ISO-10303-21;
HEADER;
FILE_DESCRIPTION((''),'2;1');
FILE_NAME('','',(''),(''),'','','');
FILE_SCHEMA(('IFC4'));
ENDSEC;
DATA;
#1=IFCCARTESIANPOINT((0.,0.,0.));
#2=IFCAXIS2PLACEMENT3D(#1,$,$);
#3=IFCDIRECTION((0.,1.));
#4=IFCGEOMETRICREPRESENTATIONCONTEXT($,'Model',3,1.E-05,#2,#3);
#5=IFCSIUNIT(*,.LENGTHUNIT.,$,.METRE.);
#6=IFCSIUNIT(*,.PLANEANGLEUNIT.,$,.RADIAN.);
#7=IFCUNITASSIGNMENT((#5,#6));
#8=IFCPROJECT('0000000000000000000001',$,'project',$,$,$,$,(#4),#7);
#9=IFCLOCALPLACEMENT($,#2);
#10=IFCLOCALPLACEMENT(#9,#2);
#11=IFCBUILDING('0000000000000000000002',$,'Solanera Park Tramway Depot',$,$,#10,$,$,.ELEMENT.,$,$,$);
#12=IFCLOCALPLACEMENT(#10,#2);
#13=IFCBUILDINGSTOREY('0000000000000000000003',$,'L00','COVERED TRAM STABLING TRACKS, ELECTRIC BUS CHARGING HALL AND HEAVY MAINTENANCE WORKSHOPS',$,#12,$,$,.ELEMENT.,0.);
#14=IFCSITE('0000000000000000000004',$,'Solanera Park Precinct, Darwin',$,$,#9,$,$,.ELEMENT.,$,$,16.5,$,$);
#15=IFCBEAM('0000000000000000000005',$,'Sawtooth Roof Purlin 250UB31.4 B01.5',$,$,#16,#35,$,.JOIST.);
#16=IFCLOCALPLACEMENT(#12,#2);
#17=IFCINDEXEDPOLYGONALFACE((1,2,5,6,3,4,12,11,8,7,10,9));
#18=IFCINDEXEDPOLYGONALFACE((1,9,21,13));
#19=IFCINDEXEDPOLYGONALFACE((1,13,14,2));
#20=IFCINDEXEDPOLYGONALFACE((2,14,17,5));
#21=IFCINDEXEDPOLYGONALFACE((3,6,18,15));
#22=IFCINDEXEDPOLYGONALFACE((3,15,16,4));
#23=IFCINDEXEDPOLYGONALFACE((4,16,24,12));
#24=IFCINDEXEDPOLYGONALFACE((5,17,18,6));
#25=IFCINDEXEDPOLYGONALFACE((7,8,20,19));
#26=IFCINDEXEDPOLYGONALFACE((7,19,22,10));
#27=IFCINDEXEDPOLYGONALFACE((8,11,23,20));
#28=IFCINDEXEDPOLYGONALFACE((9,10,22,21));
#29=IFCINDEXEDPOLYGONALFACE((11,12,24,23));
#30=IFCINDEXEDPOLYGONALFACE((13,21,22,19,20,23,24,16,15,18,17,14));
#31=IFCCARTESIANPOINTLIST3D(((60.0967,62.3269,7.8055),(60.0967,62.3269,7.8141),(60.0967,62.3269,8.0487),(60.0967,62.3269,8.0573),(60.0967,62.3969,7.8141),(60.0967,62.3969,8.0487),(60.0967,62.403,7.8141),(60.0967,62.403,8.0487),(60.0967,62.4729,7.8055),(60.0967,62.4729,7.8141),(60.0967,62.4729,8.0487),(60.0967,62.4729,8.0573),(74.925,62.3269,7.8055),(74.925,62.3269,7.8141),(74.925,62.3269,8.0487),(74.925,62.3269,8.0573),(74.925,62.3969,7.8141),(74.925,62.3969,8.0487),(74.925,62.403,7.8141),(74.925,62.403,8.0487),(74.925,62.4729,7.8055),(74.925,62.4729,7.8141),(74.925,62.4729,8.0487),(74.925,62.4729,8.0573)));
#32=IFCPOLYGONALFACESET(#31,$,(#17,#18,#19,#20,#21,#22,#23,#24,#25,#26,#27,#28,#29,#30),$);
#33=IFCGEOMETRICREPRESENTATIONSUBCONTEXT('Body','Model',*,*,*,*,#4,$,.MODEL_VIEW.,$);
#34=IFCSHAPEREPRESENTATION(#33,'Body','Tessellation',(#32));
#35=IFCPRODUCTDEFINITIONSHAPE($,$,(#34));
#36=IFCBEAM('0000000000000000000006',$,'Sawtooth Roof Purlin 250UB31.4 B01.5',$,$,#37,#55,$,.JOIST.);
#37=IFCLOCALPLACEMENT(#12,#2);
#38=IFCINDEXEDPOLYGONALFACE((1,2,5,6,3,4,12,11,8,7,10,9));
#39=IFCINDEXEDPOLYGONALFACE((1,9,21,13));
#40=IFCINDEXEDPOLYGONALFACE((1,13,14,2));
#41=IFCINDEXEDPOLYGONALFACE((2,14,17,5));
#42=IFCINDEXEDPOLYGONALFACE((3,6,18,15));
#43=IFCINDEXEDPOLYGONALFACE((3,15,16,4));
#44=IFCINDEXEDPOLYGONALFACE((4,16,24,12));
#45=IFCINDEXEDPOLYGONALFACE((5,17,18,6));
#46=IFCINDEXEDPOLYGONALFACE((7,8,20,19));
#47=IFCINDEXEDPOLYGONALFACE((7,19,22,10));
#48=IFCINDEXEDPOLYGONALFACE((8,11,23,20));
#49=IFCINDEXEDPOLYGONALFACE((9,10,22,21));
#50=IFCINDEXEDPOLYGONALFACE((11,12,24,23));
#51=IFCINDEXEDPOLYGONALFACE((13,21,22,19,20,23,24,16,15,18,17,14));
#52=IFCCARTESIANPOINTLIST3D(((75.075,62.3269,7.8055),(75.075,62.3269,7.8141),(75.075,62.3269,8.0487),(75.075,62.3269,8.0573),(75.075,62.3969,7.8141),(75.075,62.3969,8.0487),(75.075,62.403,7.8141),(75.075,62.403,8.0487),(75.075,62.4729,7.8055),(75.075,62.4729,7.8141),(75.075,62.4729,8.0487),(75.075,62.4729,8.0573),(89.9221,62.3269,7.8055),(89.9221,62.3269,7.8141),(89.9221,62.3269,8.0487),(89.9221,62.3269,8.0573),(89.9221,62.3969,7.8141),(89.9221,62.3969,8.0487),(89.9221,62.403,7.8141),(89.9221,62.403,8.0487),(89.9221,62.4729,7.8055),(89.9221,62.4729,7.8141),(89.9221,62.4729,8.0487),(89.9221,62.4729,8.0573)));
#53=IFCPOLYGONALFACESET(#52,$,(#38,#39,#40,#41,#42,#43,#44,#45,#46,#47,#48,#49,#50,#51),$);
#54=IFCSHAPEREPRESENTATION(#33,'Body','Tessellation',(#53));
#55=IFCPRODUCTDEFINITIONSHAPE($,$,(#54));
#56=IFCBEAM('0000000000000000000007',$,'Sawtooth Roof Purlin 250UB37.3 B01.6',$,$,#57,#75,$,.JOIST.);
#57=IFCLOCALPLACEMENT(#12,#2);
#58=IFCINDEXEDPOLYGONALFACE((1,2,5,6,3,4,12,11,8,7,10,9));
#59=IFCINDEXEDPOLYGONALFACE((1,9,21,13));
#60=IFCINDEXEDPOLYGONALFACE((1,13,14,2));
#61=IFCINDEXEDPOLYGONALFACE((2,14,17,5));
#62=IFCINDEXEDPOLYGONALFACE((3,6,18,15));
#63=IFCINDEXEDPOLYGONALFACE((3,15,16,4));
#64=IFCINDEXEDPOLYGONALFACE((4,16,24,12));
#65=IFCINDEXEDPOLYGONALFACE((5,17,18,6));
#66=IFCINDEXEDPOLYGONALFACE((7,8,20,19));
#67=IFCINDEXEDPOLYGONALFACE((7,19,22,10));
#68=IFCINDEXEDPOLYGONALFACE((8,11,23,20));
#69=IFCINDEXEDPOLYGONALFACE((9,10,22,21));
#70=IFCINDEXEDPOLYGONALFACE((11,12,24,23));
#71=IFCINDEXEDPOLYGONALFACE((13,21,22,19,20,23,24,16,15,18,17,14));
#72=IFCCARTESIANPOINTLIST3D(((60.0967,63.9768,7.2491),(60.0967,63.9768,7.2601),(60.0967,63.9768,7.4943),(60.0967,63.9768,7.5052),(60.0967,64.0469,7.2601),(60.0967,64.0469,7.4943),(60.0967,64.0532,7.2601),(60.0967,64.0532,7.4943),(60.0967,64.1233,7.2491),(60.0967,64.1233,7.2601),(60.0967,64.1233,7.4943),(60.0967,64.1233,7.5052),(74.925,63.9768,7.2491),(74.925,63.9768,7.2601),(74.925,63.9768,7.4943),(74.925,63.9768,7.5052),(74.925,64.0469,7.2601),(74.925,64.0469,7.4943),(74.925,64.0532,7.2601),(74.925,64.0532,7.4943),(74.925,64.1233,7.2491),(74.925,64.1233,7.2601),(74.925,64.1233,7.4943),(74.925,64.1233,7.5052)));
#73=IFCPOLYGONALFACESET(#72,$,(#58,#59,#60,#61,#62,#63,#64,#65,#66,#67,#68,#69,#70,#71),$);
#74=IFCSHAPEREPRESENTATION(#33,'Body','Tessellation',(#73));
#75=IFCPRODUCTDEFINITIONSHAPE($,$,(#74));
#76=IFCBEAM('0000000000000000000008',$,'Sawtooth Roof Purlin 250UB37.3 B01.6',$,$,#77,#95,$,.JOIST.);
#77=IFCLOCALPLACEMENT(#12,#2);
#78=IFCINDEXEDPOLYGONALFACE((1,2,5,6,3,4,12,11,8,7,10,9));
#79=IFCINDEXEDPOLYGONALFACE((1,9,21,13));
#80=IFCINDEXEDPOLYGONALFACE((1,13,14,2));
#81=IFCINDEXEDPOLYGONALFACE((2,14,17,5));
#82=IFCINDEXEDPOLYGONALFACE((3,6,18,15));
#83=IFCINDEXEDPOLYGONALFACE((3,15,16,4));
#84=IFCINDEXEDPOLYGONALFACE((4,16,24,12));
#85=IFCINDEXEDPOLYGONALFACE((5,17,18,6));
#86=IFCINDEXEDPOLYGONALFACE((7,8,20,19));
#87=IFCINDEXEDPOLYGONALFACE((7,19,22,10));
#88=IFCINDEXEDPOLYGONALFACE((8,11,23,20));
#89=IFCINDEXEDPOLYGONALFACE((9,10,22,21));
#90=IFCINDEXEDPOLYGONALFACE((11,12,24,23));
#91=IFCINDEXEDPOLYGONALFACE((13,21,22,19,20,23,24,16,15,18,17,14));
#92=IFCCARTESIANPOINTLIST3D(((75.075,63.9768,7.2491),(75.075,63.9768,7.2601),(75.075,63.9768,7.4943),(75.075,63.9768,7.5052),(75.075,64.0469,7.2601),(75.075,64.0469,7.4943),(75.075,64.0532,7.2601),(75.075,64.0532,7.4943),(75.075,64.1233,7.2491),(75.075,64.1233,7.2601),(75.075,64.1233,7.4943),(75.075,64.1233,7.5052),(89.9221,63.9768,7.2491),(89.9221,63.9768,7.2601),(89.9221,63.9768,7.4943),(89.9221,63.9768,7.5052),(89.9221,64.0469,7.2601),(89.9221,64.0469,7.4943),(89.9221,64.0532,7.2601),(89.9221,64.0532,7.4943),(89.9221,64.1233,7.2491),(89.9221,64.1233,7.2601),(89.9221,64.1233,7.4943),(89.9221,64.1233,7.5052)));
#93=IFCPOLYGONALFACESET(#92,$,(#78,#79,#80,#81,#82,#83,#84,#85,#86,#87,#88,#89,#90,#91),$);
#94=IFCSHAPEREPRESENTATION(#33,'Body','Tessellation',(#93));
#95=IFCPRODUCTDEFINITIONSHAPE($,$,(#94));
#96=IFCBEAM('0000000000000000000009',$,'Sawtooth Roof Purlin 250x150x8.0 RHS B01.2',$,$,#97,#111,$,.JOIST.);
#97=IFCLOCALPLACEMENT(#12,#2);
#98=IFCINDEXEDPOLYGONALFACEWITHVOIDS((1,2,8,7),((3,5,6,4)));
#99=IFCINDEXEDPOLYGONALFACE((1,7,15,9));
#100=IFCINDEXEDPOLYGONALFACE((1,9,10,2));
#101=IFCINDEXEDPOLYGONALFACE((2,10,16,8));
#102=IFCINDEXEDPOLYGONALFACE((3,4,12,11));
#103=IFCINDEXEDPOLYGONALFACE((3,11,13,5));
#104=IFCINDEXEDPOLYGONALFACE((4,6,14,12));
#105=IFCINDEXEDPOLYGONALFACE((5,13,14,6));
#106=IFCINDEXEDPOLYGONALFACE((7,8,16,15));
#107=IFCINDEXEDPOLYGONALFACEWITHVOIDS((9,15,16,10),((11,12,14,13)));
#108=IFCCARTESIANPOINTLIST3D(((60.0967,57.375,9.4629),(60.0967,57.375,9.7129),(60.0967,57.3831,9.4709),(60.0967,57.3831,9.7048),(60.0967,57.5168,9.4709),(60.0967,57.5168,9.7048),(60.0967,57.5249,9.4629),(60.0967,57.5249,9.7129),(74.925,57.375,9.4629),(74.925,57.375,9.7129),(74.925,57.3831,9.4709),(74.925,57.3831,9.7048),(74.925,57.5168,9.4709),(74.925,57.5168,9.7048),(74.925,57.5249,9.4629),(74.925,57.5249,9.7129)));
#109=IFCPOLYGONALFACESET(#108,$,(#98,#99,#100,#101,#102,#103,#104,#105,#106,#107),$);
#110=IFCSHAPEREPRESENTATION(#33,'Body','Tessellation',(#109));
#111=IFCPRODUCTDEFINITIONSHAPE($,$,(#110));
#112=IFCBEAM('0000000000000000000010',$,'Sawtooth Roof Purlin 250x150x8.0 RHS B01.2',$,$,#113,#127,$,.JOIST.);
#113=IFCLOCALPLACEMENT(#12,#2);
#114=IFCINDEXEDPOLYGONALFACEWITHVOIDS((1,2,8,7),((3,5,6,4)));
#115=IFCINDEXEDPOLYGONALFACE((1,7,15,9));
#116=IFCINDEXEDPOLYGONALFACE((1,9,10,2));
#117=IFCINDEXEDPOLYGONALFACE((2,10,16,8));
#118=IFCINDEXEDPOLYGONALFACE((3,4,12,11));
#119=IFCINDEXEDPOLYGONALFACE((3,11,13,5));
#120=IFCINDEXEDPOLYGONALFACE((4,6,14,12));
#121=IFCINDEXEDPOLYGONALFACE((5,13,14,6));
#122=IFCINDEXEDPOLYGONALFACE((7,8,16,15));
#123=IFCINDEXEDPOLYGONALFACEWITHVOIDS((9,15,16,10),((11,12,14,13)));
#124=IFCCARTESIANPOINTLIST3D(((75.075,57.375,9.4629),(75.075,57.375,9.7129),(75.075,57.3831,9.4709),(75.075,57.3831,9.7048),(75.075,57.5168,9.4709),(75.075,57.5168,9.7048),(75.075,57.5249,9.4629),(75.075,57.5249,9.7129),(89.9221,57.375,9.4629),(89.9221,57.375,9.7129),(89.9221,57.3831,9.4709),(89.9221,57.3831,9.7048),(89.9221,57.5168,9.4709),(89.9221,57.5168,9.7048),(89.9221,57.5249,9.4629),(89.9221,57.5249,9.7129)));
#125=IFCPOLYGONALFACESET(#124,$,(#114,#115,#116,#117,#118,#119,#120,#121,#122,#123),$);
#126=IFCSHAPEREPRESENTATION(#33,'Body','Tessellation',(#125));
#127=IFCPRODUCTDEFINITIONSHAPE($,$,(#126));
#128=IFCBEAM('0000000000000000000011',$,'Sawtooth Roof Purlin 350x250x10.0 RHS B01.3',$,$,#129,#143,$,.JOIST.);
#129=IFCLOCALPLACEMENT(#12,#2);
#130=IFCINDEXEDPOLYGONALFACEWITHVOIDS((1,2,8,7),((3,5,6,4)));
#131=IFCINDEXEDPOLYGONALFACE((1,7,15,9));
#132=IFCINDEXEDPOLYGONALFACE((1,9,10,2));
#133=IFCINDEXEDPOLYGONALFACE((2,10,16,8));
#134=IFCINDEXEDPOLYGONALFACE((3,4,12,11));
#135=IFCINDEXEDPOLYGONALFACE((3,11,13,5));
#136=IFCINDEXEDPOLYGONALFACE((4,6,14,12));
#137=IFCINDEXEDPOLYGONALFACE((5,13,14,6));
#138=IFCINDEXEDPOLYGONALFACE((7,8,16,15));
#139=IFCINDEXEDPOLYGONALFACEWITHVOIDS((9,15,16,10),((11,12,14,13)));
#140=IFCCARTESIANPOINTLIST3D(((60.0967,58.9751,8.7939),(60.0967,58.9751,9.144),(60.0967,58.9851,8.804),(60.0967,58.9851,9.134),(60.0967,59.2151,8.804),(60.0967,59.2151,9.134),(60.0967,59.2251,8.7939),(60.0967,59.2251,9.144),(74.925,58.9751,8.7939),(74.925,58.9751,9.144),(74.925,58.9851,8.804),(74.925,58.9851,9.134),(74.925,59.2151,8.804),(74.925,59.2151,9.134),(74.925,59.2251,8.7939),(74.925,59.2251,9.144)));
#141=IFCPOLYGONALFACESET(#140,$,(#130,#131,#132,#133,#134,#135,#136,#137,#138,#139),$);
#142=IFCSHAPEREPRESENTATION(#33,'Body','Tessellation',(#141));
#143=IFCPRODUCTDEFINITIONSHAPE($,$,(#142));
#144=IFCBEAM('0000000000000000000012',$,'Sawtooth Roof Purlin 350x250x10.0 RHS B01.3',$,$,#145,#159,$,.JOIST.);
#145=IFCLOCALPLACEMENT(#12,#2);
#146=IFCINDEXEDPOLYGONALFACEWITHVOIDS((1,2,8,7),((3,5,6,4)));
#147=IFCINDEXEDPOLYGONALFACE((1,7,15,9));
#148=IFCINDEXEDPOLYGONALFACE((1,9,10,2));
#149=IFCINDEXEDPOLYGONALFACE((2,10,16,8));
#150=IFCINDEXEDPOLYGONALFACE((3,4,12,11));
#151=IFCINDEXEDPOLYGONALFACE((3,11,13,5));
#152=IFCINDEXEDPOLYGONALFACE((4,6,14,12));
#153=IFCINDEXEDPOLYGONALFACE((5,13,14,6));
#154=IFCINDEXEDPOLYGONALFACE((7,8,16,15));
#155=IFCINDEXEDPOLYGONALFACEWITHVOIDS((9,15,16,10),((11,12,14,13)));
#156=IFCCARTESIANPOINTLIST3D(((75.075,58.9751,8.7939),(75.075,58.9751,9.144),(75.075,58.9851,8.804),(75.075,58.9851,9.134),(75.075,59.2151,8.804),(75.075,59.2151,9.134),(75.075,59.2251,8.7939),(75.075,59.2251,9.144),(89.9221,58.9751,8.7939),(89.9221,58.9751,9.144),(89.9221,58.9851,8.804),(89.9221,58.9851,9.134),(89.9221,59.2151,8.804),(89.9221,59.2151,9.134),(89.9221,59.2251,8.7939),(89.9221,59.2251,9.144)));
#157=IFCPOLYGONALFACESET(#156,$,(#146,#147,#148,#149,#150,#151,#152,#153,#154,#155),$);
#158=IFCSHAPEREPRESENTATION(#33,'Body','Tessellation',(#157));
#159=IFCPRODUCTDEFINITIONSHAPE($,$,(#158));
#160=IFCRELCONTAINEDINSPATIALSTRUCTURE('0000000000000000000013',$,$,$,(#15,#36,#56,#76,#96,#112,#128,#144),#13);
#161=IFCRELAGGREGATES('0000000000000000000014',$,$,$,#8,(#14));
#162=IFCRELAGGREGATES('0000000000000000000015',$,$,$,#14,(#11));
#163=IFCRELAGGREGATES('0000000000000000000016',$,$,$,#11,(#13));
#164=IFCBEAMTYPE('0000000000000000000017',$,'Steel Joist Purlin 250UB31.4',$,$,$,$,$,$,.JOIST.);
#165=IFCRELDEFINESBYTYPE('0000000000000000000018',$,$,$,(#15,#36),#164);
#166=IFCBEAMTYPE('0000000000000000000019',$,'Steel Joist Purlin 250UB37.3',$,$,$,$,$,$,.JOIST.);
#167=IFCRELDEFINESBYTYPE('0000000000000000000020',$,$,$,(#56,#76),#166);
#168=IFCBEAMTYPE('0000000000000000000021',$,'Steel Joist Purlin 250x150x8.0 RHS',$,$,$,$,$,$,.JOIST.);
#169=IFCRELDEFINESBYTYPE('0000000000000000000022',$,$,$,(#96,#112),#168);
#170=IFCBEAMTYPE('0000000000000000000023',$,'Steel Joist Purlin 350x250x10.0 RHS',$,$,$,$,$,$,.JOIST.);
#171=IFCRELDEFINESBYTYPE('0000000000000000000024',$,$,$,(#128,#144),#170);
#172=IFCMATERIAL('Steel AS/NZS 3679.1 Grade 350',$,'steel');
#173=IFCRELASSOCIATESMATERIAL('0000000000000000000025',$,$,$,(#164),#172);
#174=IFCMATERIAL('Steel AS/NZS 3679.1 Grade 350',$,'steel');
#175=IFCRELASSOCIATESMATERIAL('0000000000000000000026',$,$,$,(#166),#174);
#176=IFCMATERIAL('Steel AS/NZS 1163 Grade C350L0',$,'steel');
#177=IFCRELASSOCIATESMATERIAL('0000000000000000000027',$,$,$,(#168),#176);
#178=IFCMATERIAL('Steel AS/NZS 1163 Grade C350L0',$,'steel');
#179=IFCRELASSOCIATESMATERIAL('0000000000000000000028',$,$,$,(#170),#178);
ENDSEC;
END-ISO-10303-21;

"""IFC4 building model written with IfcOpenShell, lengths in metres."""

from ifc_helpers import new_model, si_unit, direction, frame, origin, origin_2d, place, context, subcontext, project, spatial, hollow_rectangle, i_section, extrude, material, material_profile, profile_set, type_object, element, save


model = new_model("IFC4")

# Units and contexts
model_context = context("Model", 3, precision=1e-05, world=origin(), true_north=direction((0.0, 1.0)))
body_context = subcontext(model_context, "Body", "Model", "MODEL_VIEW")
ifc_project = project(units=[si_unit("LENGTHUNIT", "METRE"), si_unit("PLANEANGLEUNIT", "RADIAN")], contexts=[model_context])

# Site, building, storey
site_placement = place(None, origin())
site = spatial("IfcSite", under=ifc_project, at=site_placement, Name="Solanera Park Precinct, Darwin", CompositionType="ELEMENT", RefElevation=16.5)
building_placement = place(site_placement, origin())
building = spatial("IfcBuilding", under=site, at=building_placement, Name="Solanera Park Tramway Depot", CompositionType="ELEMENT")
storey_placement = place(building_placement, origin())
storey = spatial("IfcBuildingStorey", under=building, at=storey_placement, Name="L00", Description="COVERED TRAM STABLING TRACKS, ELECTRIC BUS CHARGING HALL AND HEAVY MAINTENANCE WORKSHOPS", CompositionType="ELEMENT", Elevation=0.0)

# Beams
ifc_material_1 = material(Name="Steel AS/NZS 3679.1 Grade 350", Category="steel")
ifc_material_profile_1 = material_profile(ifc_material_1, i_section(OverallWidth=0.146, OverallDepth=0.2517, WebThickness=0.0061, FlangeThickness=0.0085, at=origin_2d()), Name="250UB31.4")
ifc_profile_set_1 = profile_set([ifc_material_profile_1], Name="Steel AS/NZS 3679.1 Grade 350")
beam_type_1 = type_object("IfcBeamType", Name="Steel Joist Purlin 250UB31.4", PredefinedType="JOIST", material=ifc_profile_set_1)
beam_1_placement = place(storey_placement, frame((60.0967, 62.3999, 7.9314), z_axis=(1.0, 0.0, 0.0), x_axis=(0.0, 1.0, 0.0)))
element("IfcBeam", 1, at=beam_1_placement, inside=storey, type_object=beam_type_1, Name="Sawtooth Roof Purlin 250UB31.4 B01.5", PredefinedType="JOIST", context=body_context, shape_type="SweptSolid", body=[
    extrude(i_section(OverallWidth=0.146, OverallDepth=0.2517, WebThickness=0.0061, FlangeThickness=0.0085, at=origin_2d()), origin(), (0.0, 0.0, 1.0), 14.8284),
])
beam_2_placement = place(storey_placement, frame((75.075, 62.3999, 7.9314), z_axis=(1.0, 0.0, 0.0), x_axis=(0.0, 1.0, 0.0)))
element("IfcBeam", 2, at=beam_2_placement, inside=storey, type_object=beam_type_1, Name="Sawtooth Roof Purlin 250UB31.4 B01.5", PredefinedType="JOIST", context=body_context, shape_type="SweptSolid", body=[
    extrude(i_section(OverallWidth=0.146, OverallDepth=0.2517, WebThickness=0.0061, FlangeThickness=0.0085, at=origin_2d()), origin(), (0.0, 0.0, 1.0), 14.8472),
])
ifc_material_2 = material(Name="Steel AS/NZS 3679.1 Grade 350", Category="steel")
ifc_material_profile_2 = material_profile(ifc_material_2, i_section(OverallWidth=0.1465, OverallDepth=0.2561, WebThickness=0.0063, FlangeThickness=0.011, at=origin_2d()), Name="250UB37.3")
ifc_profile_set_2 = profile_set([ifc_material_profile_2], Name="Steel AS/NZS 3679.1 Grade 350")
beam_type_2 = type_object("IfcBeamType", Name="Steel Joist Purlin 250UB37.3", PredefinedType="JOIST", material=ifc_profile_set_2)
beam_3_placement = place(storey_placement, frame((60.0967, 64.05, 7.3772), z_axis=(1.0, 0.0, 0.0), x_axis=(0.0, 1.0, 0.0)))
element("IfcBeam", 3, at=beam_3_placement, inside=storey, type_object=beam_type_2, Name="Sawtooth Roof Purlin 250UB37.3 B01.6", PredefinedType="JOIST", context=body_context, shape_type="SweptSolid", body=[
    extrude(i_section(OverallWidth=0.1465, OverallDepth=0.2561, WebThickness=0.0063, FlangeThickness=0.011, at=origin_2d()), origin(), (0.0, 0.0, 1.0), 14.8284),
])
beam_4_placement = place(storey_placement, frame((75.075, 64.05, 7.3772), z_axis=(1.0, 0.0, 0.0), x_axis=(0.0, 1.0, 0.0)))
element("IfcBeam", 4, at=beam_4_placement, inside=storey, type_object=beam_type_2, Name="Sawtooth Roof Purlin 250UB37.3 B01.6", PredefinedType="JOIST", context=body_context, shape_type="SweptSolid", body=[
    extrude(i_section(OverallWidth=0.1465, OverallDepth=0.2561, WebThickness=0.0063, FlangeThickness=0.011, at=origin_2d()), origin(), (0.0, 0.0, 1.0), 14.8472),
])
ifc_material_3 = material(Name="Steel AS/NZS 1163 Grade C350L0", Category="steel")
ifc_material_profile_3 = material_profile(ifc_material_3, hollow_rectangle(XDim=0.1499, YDim=0.25, WallThickness=0.0081, at=origin_2d()), Name="250x150x8.0 RHS")
ifc_profile_set_3 = profile_set([ifc_material_profile_3], Name="Steel AS/NZS 1163 Grade C350L0")
beam_type_3 = type_object("IfcBeamType", Name="Steel Joist Purlin 250x150x8.0 RHS", PredefinedType="JOIST", material=ifc_profile_set_3)
beam_5_placement = place(storey_placement, frame((60.0967, 57.45, 9.5879), z_axis=(1.0, 0.0, 0.0), x_axis=(0.0, 1.0, 0.0)))
element("IfcBeam", 5, at=beam_5_placement, inside=storey, type_object=beam_type_3, Name="Sawtooth Roof Purlin 250x150x8.0 RHS B01.2", PredefinedType="JOIST", context=body_context, shape_type="SweptSolid", body=[
    extrude(hollow_rectangle(XDim=0.1499, YDim=0.25, WallThickness=0.0081, at=origin_2d()), origin(), (0.0, 0.0, 1.0), 14.8284),
])
beam_6_placement = place(storey_placement, frame((75.075, 57.45, 9.5879), z_axis=(1.0, 0.0, 0.0), x_axis=(0.0, 1.0, 0.0)))
element("IfcBeam", 6, at=beam_6_placement, inside=storey, type_object=beam_type_3, Name="Sawtooth Roof Purlin 250x150x8.0 RHS B01.2", PredefinedType="JOIST", context=body_context, shape_type="SweptSolid", body=[
    extrude(hollow_rectangle(XDim=0.1499, YDim=0.25, WallThickness=0.0081, at=origin_2d()), origin(), (0.0, 0.0, 1.0), 14.8472),
])
ifc_material_4 = material(Name="Steel AS/NZS 1163 Grade C350L0", Category="steel")
ifc_material_profile_4 = material_profile(ifc_material_4, hollow_rectangle(XDim=0.25, YDim=0.3501, WallThickness=0.01, at=origin_2d()), Name="350x250x10.0 RHS")
ifc_profile_set_4 = profile_set([ifc_material_profile_4], Name="Steel AS/NZS 1163 Grade C350L0")
beam_type_4 = type_object("IfcBeamType", Name="Steel Joist Purlin 350x250x10.0 RHS", PredefinedType="JOIST", material=ifc_profile_set_4)
beam_7_placement = place(storey_placement, frame((60.0967, 59.1001, 8.969), z_axis=(1.0, 0.0, 0.0), x_axis=(0.0, 1.0, 0.0)))
element("IfcBeam", 7, at=beam_7_placement, inside=storey, type_object=beam_type_4, Name="Sawtooth Roof Purlin 350x250x10.0 RHS B01.3", PredefinedType="JOIST", context=body_context, shape_type="SweptSolid", body=[
    extrude(hollow_rectangle(XDim=0.25, YDim=0.3501, WallThickness=0.01, at=origin_2d()), origin(), (0.0, 0.0, 1.0), 14.8284),
])
beam_8_placement = place(storey_placement, frame((75.075, 59.1001, 8.969), z_axis=(1.0, 0.0, 0.0), x_axis=(0.0, 1.0, 0.0)))
element("IfcBeam", 8, at=beam_8_placement, inside=storey, type_object=beam_type_4, Name="Sawtooth Roof Purlin 350x250x10.0 RHS B01.3", PredefinedType="JOIST", context=body_context, shape_type="SweptSolid", body=[
    extrude(hollow_rectangle(XDim=0.25, YDim=0.3501, WallThickness=0.01, at=origin_2d()), origin(), (0.0, 0.0, 1.0), 14.8472),
])

save(model, "model.ifc")
